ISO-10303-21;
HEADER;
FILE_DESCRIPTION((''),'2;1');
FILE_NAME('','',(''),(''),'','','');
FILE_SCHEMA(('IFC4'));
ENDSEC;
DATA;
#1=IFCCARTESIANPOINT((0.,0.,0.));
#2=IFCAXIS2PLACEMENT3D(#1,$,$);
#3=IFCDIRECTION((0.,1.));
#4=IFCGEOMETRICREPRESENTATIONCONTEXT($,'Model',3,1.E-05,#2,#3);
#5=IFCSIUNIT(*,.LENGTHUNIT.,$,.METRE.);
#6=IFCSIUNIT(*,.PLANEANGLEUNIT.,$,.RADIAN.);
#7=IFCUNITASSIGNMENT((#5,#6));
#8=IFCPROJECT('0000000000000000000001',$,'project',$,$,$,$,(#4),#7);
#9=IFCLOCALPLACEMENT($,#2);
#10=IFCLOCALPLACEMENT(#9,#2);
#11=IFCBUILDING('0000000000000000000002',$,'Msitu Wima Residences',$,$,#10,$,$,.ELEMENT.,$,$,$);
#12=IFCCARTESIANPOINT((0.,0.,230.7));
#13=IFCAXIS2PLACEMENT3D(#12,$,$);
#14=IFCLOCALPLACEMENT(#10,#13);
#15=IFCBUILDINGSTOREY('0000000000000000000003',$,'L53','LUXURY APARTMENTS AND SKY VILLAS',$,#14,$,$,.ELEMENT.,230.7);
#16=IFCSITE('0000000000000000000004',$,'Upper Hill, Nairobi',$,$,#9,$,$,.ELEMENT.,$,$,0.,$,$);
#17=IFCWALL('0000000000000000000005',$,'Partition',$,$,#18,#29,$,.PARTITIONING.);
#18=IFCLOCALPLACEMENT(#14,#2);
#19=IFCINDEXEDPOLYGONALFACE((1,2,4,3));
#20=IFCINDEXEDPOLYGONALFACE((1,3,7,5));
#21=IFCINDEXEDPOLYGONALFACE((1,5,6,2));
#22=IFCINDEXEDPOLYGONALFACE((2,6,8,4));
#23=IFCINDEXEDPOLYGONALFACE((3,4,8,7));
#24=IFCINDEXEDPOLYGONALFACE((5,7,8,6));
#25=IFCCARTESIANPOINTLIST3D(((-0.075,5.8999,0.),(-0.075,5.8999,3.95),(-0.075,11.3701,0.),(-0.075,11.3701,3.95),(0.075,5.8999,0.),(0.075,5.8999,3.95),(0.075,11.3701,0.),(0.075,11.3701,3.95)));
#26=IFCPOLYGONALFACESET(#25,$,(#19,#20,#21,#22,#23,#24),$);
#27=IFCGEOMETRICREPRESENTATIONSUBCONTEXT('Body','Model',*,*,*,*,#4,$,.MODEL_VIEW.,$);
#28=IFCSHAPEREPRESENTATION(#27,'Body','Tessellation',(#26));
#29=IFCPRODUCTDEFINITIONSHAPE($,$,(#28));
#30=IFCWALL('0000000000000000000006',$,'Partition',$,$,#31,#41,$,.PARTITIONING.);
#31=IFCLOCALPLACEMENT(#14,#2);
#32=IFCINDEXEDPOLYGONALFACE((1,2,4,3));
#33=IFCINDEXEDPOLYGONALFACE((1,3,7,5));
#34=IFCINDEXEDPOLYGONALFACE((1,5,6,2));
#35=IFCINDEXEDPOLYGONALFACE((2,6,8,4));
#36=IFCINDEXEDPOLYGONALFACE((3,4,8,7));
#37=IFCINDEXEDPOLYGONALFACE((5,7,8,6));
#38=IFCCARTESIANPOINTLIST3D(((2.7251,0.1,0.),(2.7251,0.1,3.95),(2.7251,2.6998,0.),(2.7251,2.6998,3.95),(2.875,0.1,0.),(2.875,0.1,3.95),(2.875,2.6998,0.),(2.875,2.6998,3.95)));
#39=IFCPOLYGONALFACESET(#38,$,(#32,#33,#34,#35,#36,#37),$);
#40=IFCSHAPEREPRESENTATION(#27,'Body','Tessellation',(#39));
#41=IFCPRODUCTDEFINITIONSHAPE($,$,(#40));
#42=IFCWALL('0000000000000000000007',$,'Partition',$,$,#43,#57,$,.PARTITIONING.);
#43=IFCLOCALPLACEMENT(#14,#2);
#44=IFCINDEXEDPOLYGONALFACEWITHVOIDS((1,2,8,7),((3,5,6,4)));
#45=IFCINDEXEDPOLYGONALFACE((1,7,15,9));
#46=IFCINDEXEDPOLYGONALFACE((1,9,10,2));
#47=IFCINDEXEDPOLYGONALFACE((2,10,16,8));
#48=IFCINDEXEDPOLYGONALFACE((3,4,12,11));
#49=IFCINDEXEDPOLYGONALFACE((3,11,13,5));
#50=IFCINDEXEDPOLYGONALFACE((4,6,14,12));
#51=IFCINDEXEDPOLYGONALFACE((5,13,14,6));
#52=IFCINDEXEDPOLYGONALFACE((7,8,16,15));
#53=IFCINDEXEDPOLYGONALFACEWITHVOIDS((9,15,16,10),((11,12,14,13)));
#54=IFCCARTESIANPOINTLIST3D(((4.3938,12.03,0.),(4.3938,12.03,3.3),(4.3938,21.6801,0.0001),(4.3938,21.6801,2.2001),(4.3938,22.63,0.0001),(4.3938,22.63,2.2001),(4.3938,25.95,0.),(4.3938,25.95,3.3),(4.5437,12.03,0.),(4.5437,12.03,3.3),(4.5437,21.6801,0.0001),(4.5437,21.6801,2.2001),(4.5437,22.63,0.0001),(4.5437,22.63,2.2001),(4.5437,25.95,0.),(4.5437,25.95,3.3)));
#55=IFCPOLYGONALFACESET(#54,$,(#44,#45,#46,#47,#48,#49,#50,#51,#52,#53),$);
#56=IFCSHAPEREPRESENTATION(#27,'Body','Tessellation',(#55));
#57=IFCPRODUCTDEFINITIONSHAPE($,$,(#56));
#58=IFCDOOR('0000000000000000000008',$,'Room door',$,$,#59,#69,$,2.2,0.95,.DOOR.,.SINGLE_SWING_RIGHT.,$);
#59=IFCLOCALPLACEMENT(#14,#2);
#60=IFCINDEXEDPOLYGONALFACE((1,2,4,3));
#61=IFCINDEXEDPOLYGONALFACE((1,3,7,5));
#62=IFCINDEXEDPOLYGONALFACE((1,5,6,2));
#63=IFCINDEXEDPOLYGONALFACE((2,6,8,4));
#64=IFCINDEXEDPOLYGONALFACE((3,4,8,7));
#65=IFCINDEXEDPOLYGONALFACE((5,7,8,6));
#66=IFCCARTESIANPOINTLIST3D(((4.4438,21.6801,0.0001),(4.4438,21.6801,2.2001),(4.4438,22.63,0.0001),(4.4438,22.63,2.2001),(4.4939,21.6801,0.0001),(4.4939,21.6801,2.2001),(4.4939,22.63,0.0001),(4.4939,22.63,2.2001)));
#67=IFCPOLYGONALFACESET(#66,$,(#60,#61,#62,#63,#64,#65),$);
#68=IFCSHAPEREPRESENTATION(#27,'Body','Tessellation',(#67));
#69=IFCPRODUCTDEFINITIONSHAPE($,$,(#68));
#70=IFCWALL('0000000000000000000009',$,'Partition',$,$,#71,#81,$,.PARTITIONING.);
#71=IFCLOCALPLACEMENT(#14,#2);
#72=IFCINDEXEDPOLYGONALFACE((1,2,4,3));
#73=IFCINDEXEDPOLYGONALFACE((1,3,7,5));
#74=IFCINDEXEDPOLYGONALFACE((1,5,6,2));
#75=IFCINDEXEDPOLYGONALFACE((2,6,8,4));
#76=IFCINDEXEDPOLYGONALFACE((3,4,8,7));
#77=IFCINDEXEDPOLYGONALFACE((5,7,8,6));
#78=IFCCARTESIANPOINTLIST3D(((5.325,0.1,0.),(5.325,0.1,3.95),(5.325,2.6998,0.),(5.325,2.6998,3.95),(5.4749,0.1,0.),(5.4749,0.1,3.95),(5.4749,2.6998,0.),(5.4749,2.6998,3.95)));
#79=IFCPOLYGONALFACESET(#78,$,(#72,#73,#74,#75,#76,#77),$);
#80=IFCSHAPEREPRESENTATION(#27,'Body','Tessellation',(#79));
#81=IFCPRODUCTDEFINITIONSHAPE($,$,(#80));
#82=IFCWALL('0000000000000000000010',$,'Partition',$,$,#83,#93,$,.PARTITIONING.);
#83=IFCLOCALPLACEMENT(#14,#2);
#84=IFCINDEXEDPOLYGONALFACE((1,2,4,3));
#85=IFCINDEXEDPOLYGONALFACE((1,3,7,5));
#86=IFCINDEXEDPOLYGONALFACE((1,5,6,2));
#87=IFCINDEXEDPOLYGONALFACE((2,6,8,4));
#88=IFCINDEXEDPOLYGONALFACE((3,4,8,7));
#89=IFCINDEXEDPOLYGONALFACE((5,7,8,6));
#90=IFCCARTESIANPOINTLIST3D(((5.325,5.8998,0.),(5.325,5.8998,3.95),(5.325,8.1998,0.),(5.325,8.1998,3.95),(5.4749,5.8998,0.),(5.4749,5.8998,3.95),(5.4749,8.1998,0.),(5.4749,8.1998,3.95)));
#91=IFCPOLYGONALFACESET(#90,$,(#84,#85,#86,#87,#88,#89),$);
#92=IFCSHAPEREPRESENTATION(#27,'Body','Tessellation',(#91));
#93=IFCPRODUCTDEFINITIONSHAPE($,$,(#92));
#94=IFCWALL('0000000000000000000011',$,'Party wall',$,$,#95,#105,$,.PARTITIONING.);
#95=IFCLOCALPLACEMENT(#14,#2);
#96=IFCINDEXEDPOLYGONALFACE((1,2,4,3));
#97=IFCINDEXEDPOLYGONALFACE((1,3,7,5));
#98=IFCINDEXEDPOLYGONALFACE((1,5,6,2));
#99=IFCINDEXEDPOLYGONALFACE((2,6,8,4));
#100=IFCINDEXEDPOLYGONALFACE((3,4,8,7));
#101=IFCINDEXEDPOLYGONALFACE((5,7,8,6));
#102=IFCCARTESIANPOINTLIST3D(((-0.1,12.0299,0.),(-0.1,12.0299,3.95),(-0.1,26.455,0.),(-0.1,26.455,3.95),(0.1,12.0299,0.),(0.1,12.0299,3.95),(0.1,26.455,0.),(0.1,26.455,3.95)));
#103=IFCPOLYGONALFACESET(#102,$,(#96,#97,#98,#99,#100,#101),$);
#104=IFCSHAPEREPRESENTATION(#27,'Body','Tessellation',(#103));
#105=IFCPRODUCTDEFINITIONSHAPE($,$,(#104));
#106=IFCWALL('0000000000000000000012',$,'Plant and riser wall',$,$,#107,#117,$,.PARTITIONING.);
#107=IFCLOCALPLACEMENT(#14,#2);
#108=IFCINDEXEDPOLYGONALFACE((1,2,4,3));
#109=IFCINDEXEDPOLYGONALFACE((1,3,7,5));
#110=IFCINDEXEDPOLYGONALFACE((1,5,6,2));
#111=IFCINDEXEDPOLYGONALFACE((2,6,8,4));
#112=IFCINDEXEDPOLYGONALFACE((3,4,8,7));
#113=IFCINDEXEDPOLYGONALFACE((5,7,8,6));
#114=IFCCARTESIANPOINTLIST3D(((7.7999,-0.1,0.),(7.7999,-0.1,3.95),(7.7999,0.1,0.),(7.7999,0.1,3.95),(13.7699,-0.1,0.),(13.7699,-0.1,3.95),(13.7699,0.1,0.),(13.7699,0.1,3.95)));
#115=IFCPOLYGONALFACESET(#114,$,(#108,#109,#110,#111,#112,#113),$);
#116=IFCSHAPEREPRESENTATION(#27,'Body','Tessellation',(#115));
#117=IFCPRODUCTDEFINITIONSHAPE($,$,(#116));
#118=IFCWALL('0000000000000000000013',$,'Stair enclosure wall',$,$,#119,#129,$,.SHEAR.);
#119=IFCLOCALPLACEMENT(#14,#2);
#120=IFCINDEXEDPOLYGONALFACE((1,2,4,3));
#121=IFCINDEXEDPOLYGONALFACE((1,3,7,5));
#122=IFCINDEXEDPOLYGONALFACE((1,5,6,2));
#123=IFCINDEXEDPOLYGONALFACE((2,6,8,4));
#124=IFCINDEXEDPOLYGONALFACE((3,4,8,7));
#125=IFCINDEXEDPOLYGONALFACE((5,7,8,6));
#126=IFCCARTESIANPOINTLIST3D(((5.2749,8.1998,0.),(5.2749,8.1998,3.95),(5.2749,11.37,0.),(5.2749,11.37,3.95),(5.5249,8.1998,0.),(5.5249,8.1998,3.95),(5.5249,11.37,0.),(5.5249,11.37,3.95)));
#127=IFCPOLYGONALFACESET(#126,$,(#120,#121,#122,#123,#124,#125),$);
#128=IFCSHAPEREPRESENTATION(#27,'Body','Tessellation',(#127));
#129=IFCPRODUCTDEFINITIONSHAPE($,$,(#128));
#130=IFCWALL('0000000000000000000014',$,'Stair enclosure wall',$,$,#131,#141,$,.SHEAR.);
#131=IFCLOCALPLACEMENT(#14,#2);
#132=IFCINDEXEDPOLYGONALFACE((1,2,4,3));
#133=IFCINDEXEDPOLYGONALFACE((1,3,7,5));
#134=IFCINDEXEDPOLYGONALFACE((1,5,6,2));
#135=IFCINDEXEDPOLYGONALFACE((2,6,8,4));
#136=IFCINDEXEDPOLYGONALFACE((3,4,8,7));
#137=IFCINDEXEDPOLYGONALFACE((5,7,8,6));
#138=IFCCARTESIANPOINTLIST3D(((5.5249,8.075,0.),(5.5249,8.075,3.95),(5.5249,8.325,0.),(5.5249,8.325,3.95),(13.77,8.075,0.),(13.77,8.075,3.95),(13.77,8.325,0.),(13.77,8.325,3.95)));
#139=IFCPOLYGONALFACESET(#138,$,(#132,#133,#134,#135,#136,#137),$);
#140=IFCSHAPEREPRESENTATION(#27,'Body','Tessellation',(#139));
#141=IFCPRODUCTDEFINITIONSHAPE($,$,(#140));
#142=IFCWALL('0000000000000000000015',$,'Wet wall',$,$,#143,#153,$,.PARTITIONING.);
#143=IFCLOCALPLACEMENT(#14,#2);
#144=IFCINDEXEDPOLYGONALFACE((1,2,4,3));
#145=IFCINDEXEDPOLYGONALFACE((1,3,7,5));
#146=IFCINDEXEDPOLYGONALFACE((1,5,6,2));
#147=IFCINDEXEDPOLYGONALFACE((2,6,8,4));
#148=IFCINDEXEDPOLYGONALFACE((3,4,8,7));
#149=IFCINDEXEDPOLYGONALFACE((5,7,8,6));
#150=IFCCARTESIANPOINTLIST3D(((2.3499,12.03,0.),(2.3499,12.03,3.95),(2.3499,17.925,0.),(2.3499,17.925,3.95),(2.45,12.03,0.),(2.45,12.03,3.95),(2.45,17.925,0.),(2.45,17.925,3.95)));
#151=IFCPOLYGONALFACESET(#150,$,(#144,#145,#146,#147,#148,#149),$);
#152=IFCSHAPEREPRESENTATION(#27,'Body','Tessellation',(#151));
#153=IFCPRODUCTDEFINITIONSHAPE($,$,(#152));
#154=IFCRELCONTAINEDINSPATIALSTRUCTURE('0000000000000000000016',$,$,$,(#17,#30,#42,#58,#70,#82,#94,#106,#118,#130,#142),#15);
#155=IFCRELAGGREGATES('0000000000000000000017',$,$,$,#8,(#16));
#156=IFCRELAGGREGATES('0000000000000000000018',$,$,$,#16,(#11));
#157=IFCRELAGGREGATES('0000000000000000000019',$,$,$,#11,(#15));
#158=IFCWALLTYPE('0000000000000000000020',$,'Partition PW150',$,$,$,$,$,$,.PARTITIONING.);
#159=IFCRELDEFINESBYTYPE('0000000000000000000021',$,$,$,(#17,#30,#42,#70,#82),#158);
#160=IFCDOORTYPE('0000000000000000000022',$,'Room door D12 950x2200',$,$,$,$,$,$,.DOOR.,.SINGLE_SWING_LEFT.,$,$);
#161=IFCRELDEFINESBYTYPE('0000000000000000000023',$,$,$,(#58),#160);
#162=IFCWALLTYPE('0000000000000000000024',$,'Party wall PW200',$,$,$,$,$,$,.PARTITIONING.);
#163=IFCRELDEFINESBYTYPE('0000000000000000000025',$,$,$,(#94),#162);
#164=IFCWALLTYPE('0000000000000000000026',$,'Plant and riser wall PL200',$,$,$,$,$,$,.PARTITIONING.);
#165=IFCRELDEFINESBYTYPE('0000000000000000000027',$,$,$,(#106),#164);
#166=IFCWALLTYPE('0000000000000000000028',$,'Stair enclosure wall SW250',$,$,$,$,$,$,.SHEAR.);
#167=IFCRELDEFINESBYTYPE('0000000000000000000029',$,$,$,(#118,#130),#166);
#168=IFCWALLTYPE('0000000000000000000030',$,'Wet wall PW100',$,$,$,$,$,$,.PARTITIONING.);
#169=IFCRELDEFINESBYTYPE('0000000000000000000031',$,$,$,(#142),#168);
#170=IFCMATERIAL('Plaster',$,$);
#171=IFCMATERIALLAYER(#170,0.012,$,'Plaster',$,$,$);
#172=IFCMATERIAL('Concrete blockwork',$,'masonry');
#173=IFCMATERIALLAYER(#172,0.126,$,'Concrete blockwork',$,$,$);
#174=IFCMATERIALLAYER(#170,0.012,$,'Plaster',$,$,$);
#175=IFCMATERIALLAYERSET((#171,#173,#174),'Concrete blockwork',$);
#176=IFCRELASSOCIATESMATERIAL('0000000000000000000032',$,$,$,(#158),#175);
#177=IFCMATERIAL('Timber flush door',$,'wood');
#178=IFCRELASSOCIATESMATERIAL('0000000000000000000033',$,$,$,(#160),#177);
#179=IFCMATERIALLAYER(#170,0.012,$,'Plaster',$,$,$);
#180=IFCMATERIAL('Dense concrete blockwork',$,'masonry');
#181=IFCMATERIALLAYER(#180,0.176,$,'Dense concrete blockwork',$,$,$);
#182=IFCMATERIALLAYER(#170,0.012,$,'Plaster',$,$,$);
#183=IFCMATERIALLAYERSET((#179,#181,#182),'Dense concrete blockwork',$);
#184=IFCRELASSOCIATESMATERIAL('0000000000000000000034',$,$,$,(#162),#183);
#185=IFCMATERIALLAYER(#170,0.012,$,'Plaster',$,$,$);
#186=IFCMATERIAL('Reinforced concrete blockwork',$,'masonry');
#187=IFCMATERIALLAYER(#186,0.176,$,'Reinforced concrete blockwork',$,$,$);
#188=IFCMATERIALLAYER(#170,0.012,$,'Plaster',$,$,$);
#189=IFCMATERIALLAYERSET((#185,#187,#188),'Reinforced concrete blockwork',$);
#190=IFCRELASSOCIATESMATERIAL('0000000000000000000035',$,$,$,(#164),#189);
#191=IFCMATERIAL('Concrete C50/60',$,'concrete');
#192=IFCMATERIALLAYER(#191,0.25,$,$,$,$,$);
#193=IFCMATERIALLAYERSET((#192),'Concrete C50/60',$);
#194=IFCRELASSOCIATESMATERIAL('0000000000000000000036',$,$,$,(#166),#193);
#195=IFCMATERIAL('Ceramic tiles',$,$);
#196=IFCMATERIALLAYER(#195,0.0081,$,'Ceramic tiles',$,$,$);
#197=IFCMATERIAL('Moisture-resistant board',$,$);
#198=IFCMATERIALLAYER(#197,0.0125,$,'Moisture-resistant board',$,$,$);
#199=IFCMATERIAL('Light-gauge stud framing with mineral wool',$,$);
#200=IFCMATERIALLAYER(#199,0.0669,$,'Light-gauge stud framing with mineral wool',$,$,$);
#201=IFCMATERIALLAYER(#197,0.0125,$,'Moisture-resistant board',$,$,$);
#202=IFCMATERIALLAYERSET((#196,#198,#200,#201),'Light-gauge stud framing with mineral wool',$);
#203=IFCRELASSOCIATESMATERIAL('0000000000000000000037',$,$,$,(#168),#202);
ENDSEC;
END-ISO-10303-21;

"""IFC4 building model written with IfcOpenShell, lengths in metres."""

from ifc_helpers import new_model, si_unit, direction, frame, frame_2d, origin, place, context, subcontext, project, spatial, rectangle, extrude, material, layer, layer_set, type_object, element, fill, save


model = new_model("IFC4")

# Units and contexts
model_context = context("Model", 3, precision=1e-05, world=origin(), true_north=direction((0.0, 1.0)))
body_context = subcontext(model_context, "Body", "Model", "MODEL_VIEW")
ifc_project = project(units=[si_unit("LENGTHUNIT", "METRE"), si_unit("PLANEANGLEUNIT", "RADIAN")], contexts=[model_context])

# Site, building, storey
site_placement = place(None, origin())
site = spatial("IfcSite", under=ifc_project, at=site_placement, Name="Upper Hill, Nairobi", CompositionType="ELEMENT", RefElevation=0.0)
building_placement = place(site_placement, origin())
building = spatial("IfcBuilding", under=site, at=building_placement, Name="Msitu Wima Residences", CompositionType="ELEMENT")
storey_placement = place(building_placement, frame((0.0, 0.0, 230.7)))
storey = spatial("IfcBuildingStorey", under=building, at=storey_placement, Name="L53", Description="LUXURY APARTMENTS AND SKY VILLAS", CompositionType="ELEMENT", Elevation=230.7)

# Walls
ifc_material_1 = material(Name="Plaster")
ifc_layer_1 = layer(ifc_material_1, 0.012, Name="Plaster")
ifc_material_2 = material(Name="Concrete blockwork", Category="masonry")
ifc_layer_2 = layer(ifc_material_2, 0.126, Name="Concrete blockwork")
ifc_layer_3 = layer(ifc_material_1, 0.012, Name="Plaster")
ifc_layer_set_1 = layer_set([ifc_layer_1, ifc_layer_2, ifc_layer_3], Name="Concrete blockwork")
wall_type_1 = type_object("IfcWallType", Name="Partition PW150", PredefinedType="PARTITIONING", material=ifc_layer_set_1)
wall_1_placement = place(storey_placement, frame((0.0, 5.8999, 0.0), z_axis=(0.0, 0.0, 1.0), x_axis=(0.0, 1.0, 0.0)))
element("IfcWall", 1, at=wall_1_placement, inside=storey, type_object=wall_type_1, Name="Partition", PredefinedType="PARTITIONING", context=body_context, shape_type="SweptSolid", body=[
    extrude(rectangle(XDim=5.4702, YDim=0.1499, at=frame_2d((2.7351, 0.0))), origin(), (0.0, 0.0, 1.0), 3.95),
])
wall_2_placement = place(storey_placement, frame((2.8, 0.1001, 0.0), z_axis=(0.0, 0.0, 1.0), x_axis=(0.0, 1.0, 0.0)))
element("IfcWall", 2, at=wall_2_placement, inside=storey, type_object=wall_type_1, Name="Partition", PredefinedType="PARTITIONING", context=body_context, shape_type="SweptSolid", body=[
    extrude(rectangle(XDim=2.5999, YDim=0.1499, at=frame_2d((1.2998, 0.0))), origin(), (0.0, 0.0, 1.0), 3.95),
])

# Wall, opening, door
wall_3_placement = place(storey_placement, frame((4.4688, 12.03, 0.0), z_axis=(0.0, 0.0, 1.0), x_axis=(0.0, 1.0, 0.0)))
wall_3 = element("IfcWall", 3, at=wall_3_placement, inside=storey, type_object=wall_type_1, Name="Partition", PredefinedType="PARTITIONING", context=body_context, shape_type="SweptSolid", body=[
    extrude(rectangle(XDim=13.9199, YDim=0.1499, at=frame_2d((6.96, 0.0))), origin(), (0.0, 0.0, 1.0), 3.3),
])
opening_placement = place(wall_3_placement, frame((9.6499, 0.0, 0.0)))
opening = element("IfcOpeningElement", 4, at=opening_placement, cuts=wall_3, PredefinedType="OPENING", context=body_context, shape_type="SweptSolid", body=[
    extrude(rectangle(XDim=0.95, YDim=2.2, at=frame_2d((0.4751, 1.1001))), frame((0.0, 0.085, 0.0), z_axis=(0.0, -1.0, 0.0), x_axis=(1.0, 0.0, 0.0)), (0.0, 0.0, 1.0), 0.1699),
])
ifc_material_3 = material(Name="Timber flush door", Category="wood")
door_type = type_object("IfcDoorType", Name="Room door D12 950x2200", OperationType="SINGLE_SWING_LEFT", PredefinedType="DOOR", material=ifc_material_3)
door_placement = place(opening_placement, origin())
door = element("IfcDoor", 5, at=door_placement, inside=storey, type_object=door_type, Name="Room door", OperationType="SINGLE_SWING_RIGHT", OverallHeight=2.2, OverallWidth=0.95, PredefinedType="DOOR", context=body_context, shape_type="SweptSolid", body=[
    extrude(rectangle(XDim=0.95, YDim=2.2, at=frame_2d((0.4751, 1.1001))), frame((0.0, 0.0249, 0.0), z_axis=(0.0, -1.0, 0.0), x_axis=(1.0, 0.0, 0.0)), (0.0, 0.0, 1.0), 0.05),
])
fill(opening, door)

# Walls
wall_4_placement = place(storey_placement, frame((5.3999, 0.1001, 0.0), z_axis=(0.0, 0.0, 1.0), x_axis=(0.0, 1.0, 0.0)))
element("IfcWall", 6, at=wall_4_placement, inside=storey, type_object=wall_type_1, Name="Partition", PredefinedType="PARTITIONING", context=body_context, shape_type="SweptSolid", body=[
    extrude(rectangle(XDim=2.5999, YDim=0.1499, at=frame_2d((1.2998, 0.0))), origin(), (0.0, 0.0, 1.0), 3.95),
])
wall_5_placement = place(storey_placement, frame((5.3999, 5.8999, 0.0), z_axis=(0.0, 0.0, 1.0), x_axis=(0.0, 1.0, 0.0)))
element("IfcWall", 7, at=wall_5_placement, inside=storey, type_object=wall_type_1, Name="Partition", PredefinedType="PARTITIONING", context=body_context, shape_type="SweptSolid", body=[
    extrude(rectangle(XDim=2.3, YDim=0.1499, at=frame_2d((1.1499, 0.0))), origin(), (0.0, 0.0, 1.0), 3.95),
])
ifc_layer_4 = layer(ifc_material_1, 0.012, Name="Plaster")
ifc_material_4 = material(Name="Dense concrete blockwork", Category="masonry")
ifc_layer_5 = layer(ifc_material_4, 0.176, Name="Dense concrete blockwork")
ifc_layer_6 = layer(ifc_material_1, 0.012, Name="Plaster")
ifc_layer_set_2 = layer_set([ifc_layer_4, ifc_layer_5, ifc_layer_6], Name="Dense concrete blockwork")
wall_type_2 = type_object("IfcWallType", Name="Party wall PW200", PredefinedType="PARTITIONING", material=ifc_layer_set_2)
wall_6_placement = place(storey_placement, frame((0.0, 12.03, 0.0), z_axis=(0.0, 0.0, 1.0), x_axis=(0.0, 1.0, 0.0)))
element("IfcWall", 8, at=wall_6_placement, inside=storey, type_object=wall_type_2, Name="Party wall", PredefinedType="PARTITIONING", context=body_context, shape_type="SweptSolid", body=[
    extrude(rectangle(XDim=14.425, YDim=0.2, at=frame_2d((7.2124, 0.0))), origin(), (0.0, 0.0, 1.0), 3.95),
])
ifc_layer_7 = layer(ifc_material_1, 0.012, Name="Plaster")
ifc_material_5 = material(Name="Reinforced concrete blockwork", Category="masonry")
ifc_layer_8 = layer(ifc_material_5, 0.176, Name="Reinforced concrete blockwork")
ifc_layer_9 = layer(ifc_material_1, 0.012, Name="Plaster")
ifc_layer_set_3 = layer_set([ifc_layer_7, ifc_layer_8, ifc_layer_9], Name="Reinforced concrete blockwork")
wall_type_3 = type_object("IfcWallType", Name="Plant and riser wall PL200", PredefinedType="PARTITIONING", material=ifc_layer_set_3)
wall_7_placement = place(storey_placement, frame((7.8, 0.0, 0.0), z_axis=(0.0, 0.0, 1.0), x_axis=(1.0, 0.0, 0.0)))
element("IfcWall", 9, at=wall_7_placement, inside=storey, type_object=wall_type_3, Name="Plant and riser wall", PredefinedType="PARTITIONING", context=body_context, shape_type="SweptSolid", body=[
    extrude(rectangle(XDim=5.97, YDim=0.2, at=frame_2d((2.9849, 0.0))), origin(), (0.0, 0.0, 1.0), 3.95),
])
ifc_material_6 = material(Name="Concrete C50/60", Category="concrete")
ifc_layer_10 = layer(ifc_material_6, 0.25)
ifc_layer_set_4 = layer_set([ifc_layer_10], Name="Concrete C50/60")
wall_type_4 = type_object("IfcWallType", Name="Stair enclosure wall SW250", PredefinedType="SHEAR", material=ifc_layer_set_4)
wall_8_placement = place(storey_placement, frame((5.3999, 8.2, 0.0), z_axis=(0.0, 0.0, 1.0), x_axis=(0.0, 1.0, 0.0)))
element("IfcWall", 10, at=wall_8_placement, inside=storey, type_object=wall_type_4, Name="Stair enclosure wall", PredefinedType="SHEAR", context=body_context, shape_type="SweptSolid", body=[
    extrude(rectangle(XDim=3.1702, YDim=0.25, at=frame_2d((1.585, 0.0))), origin(), (0.0, 0.0, 1.0), 3.95),
])
wall_9_placement = place(storey_placement, frame((5.5249, 8.2, 0.0), z_axis=(0.0, 0.0, 1.0), x_axis=(1.0, 0.0, 0.0)))
element("IfcWall", 11, at=wall_9_placement, inside=storey, type_object=wall_type_4, Name="Stair enclosure wall", PredefinedType="SHEAR", context=body_context, shape_type="SweptSolid", body=[
    extrude(rectangle(XDim=8.2451, YDim=0.25, at=frame_2d((4.1226, 0.0))), origin(), (0.0, 0.0, 1.0), 3.95),
])
ifc_material_7 = material(Name="Ceramic tiles")
ifc_layer_11 = layer(ifc_material_7, 0.0081, Name="Ceramic tiles")
ifc_material_8 = material(Name="Moisture-resistant board")
ifc_layer_12 = layer(ifc_material_8, 0.0125, Name="Moisture-resistant board")
ifc_material_9 = material(Name="Light-gauge stud framing with mineral wool")
ifc_layer_13 = layer(ifc_material_9, 0.0669, Name="Light-gauge stud framing with mineral wool")
ifc_layer_14 = layer(ifc_material_8, 0.0125, Name="Moisture-resistant board")
ifc_layer_set_5 = layer_set([ifc_layer_11, ifc_layer_12, ifc_layer_13, ifc_layer_14], Name="Light-gauge stud framing with mineral wool")
wall_type_5 = type_object("IfcWallType", Name="Wet wall PW100", PredefinedType="PARTITIONING", material=ifc_layer_set_5)
wall_10_placement = place(storey_placement, frame((2.3999, 12.03, 0.0), z_axis=(0.0, 0.0, 1.0), x_axis=(0.0, 1.0, 0.0)))
element("IfcWall", 12, at=wall_10_placement, inside=storey, type_object=wall_type_5, Name="Wet wall", PredefinedType="PARTITIONING", context=body_context, shape_type="SweptSolid", body=[
    extrude(rectangle(XDim=5.895, YDim=0.1001, at=frame_2d((2.9475, 0.0))), origin(), (0.0, 0.0, 1.0), 3.95),
])

save(model, "model.ifc")
